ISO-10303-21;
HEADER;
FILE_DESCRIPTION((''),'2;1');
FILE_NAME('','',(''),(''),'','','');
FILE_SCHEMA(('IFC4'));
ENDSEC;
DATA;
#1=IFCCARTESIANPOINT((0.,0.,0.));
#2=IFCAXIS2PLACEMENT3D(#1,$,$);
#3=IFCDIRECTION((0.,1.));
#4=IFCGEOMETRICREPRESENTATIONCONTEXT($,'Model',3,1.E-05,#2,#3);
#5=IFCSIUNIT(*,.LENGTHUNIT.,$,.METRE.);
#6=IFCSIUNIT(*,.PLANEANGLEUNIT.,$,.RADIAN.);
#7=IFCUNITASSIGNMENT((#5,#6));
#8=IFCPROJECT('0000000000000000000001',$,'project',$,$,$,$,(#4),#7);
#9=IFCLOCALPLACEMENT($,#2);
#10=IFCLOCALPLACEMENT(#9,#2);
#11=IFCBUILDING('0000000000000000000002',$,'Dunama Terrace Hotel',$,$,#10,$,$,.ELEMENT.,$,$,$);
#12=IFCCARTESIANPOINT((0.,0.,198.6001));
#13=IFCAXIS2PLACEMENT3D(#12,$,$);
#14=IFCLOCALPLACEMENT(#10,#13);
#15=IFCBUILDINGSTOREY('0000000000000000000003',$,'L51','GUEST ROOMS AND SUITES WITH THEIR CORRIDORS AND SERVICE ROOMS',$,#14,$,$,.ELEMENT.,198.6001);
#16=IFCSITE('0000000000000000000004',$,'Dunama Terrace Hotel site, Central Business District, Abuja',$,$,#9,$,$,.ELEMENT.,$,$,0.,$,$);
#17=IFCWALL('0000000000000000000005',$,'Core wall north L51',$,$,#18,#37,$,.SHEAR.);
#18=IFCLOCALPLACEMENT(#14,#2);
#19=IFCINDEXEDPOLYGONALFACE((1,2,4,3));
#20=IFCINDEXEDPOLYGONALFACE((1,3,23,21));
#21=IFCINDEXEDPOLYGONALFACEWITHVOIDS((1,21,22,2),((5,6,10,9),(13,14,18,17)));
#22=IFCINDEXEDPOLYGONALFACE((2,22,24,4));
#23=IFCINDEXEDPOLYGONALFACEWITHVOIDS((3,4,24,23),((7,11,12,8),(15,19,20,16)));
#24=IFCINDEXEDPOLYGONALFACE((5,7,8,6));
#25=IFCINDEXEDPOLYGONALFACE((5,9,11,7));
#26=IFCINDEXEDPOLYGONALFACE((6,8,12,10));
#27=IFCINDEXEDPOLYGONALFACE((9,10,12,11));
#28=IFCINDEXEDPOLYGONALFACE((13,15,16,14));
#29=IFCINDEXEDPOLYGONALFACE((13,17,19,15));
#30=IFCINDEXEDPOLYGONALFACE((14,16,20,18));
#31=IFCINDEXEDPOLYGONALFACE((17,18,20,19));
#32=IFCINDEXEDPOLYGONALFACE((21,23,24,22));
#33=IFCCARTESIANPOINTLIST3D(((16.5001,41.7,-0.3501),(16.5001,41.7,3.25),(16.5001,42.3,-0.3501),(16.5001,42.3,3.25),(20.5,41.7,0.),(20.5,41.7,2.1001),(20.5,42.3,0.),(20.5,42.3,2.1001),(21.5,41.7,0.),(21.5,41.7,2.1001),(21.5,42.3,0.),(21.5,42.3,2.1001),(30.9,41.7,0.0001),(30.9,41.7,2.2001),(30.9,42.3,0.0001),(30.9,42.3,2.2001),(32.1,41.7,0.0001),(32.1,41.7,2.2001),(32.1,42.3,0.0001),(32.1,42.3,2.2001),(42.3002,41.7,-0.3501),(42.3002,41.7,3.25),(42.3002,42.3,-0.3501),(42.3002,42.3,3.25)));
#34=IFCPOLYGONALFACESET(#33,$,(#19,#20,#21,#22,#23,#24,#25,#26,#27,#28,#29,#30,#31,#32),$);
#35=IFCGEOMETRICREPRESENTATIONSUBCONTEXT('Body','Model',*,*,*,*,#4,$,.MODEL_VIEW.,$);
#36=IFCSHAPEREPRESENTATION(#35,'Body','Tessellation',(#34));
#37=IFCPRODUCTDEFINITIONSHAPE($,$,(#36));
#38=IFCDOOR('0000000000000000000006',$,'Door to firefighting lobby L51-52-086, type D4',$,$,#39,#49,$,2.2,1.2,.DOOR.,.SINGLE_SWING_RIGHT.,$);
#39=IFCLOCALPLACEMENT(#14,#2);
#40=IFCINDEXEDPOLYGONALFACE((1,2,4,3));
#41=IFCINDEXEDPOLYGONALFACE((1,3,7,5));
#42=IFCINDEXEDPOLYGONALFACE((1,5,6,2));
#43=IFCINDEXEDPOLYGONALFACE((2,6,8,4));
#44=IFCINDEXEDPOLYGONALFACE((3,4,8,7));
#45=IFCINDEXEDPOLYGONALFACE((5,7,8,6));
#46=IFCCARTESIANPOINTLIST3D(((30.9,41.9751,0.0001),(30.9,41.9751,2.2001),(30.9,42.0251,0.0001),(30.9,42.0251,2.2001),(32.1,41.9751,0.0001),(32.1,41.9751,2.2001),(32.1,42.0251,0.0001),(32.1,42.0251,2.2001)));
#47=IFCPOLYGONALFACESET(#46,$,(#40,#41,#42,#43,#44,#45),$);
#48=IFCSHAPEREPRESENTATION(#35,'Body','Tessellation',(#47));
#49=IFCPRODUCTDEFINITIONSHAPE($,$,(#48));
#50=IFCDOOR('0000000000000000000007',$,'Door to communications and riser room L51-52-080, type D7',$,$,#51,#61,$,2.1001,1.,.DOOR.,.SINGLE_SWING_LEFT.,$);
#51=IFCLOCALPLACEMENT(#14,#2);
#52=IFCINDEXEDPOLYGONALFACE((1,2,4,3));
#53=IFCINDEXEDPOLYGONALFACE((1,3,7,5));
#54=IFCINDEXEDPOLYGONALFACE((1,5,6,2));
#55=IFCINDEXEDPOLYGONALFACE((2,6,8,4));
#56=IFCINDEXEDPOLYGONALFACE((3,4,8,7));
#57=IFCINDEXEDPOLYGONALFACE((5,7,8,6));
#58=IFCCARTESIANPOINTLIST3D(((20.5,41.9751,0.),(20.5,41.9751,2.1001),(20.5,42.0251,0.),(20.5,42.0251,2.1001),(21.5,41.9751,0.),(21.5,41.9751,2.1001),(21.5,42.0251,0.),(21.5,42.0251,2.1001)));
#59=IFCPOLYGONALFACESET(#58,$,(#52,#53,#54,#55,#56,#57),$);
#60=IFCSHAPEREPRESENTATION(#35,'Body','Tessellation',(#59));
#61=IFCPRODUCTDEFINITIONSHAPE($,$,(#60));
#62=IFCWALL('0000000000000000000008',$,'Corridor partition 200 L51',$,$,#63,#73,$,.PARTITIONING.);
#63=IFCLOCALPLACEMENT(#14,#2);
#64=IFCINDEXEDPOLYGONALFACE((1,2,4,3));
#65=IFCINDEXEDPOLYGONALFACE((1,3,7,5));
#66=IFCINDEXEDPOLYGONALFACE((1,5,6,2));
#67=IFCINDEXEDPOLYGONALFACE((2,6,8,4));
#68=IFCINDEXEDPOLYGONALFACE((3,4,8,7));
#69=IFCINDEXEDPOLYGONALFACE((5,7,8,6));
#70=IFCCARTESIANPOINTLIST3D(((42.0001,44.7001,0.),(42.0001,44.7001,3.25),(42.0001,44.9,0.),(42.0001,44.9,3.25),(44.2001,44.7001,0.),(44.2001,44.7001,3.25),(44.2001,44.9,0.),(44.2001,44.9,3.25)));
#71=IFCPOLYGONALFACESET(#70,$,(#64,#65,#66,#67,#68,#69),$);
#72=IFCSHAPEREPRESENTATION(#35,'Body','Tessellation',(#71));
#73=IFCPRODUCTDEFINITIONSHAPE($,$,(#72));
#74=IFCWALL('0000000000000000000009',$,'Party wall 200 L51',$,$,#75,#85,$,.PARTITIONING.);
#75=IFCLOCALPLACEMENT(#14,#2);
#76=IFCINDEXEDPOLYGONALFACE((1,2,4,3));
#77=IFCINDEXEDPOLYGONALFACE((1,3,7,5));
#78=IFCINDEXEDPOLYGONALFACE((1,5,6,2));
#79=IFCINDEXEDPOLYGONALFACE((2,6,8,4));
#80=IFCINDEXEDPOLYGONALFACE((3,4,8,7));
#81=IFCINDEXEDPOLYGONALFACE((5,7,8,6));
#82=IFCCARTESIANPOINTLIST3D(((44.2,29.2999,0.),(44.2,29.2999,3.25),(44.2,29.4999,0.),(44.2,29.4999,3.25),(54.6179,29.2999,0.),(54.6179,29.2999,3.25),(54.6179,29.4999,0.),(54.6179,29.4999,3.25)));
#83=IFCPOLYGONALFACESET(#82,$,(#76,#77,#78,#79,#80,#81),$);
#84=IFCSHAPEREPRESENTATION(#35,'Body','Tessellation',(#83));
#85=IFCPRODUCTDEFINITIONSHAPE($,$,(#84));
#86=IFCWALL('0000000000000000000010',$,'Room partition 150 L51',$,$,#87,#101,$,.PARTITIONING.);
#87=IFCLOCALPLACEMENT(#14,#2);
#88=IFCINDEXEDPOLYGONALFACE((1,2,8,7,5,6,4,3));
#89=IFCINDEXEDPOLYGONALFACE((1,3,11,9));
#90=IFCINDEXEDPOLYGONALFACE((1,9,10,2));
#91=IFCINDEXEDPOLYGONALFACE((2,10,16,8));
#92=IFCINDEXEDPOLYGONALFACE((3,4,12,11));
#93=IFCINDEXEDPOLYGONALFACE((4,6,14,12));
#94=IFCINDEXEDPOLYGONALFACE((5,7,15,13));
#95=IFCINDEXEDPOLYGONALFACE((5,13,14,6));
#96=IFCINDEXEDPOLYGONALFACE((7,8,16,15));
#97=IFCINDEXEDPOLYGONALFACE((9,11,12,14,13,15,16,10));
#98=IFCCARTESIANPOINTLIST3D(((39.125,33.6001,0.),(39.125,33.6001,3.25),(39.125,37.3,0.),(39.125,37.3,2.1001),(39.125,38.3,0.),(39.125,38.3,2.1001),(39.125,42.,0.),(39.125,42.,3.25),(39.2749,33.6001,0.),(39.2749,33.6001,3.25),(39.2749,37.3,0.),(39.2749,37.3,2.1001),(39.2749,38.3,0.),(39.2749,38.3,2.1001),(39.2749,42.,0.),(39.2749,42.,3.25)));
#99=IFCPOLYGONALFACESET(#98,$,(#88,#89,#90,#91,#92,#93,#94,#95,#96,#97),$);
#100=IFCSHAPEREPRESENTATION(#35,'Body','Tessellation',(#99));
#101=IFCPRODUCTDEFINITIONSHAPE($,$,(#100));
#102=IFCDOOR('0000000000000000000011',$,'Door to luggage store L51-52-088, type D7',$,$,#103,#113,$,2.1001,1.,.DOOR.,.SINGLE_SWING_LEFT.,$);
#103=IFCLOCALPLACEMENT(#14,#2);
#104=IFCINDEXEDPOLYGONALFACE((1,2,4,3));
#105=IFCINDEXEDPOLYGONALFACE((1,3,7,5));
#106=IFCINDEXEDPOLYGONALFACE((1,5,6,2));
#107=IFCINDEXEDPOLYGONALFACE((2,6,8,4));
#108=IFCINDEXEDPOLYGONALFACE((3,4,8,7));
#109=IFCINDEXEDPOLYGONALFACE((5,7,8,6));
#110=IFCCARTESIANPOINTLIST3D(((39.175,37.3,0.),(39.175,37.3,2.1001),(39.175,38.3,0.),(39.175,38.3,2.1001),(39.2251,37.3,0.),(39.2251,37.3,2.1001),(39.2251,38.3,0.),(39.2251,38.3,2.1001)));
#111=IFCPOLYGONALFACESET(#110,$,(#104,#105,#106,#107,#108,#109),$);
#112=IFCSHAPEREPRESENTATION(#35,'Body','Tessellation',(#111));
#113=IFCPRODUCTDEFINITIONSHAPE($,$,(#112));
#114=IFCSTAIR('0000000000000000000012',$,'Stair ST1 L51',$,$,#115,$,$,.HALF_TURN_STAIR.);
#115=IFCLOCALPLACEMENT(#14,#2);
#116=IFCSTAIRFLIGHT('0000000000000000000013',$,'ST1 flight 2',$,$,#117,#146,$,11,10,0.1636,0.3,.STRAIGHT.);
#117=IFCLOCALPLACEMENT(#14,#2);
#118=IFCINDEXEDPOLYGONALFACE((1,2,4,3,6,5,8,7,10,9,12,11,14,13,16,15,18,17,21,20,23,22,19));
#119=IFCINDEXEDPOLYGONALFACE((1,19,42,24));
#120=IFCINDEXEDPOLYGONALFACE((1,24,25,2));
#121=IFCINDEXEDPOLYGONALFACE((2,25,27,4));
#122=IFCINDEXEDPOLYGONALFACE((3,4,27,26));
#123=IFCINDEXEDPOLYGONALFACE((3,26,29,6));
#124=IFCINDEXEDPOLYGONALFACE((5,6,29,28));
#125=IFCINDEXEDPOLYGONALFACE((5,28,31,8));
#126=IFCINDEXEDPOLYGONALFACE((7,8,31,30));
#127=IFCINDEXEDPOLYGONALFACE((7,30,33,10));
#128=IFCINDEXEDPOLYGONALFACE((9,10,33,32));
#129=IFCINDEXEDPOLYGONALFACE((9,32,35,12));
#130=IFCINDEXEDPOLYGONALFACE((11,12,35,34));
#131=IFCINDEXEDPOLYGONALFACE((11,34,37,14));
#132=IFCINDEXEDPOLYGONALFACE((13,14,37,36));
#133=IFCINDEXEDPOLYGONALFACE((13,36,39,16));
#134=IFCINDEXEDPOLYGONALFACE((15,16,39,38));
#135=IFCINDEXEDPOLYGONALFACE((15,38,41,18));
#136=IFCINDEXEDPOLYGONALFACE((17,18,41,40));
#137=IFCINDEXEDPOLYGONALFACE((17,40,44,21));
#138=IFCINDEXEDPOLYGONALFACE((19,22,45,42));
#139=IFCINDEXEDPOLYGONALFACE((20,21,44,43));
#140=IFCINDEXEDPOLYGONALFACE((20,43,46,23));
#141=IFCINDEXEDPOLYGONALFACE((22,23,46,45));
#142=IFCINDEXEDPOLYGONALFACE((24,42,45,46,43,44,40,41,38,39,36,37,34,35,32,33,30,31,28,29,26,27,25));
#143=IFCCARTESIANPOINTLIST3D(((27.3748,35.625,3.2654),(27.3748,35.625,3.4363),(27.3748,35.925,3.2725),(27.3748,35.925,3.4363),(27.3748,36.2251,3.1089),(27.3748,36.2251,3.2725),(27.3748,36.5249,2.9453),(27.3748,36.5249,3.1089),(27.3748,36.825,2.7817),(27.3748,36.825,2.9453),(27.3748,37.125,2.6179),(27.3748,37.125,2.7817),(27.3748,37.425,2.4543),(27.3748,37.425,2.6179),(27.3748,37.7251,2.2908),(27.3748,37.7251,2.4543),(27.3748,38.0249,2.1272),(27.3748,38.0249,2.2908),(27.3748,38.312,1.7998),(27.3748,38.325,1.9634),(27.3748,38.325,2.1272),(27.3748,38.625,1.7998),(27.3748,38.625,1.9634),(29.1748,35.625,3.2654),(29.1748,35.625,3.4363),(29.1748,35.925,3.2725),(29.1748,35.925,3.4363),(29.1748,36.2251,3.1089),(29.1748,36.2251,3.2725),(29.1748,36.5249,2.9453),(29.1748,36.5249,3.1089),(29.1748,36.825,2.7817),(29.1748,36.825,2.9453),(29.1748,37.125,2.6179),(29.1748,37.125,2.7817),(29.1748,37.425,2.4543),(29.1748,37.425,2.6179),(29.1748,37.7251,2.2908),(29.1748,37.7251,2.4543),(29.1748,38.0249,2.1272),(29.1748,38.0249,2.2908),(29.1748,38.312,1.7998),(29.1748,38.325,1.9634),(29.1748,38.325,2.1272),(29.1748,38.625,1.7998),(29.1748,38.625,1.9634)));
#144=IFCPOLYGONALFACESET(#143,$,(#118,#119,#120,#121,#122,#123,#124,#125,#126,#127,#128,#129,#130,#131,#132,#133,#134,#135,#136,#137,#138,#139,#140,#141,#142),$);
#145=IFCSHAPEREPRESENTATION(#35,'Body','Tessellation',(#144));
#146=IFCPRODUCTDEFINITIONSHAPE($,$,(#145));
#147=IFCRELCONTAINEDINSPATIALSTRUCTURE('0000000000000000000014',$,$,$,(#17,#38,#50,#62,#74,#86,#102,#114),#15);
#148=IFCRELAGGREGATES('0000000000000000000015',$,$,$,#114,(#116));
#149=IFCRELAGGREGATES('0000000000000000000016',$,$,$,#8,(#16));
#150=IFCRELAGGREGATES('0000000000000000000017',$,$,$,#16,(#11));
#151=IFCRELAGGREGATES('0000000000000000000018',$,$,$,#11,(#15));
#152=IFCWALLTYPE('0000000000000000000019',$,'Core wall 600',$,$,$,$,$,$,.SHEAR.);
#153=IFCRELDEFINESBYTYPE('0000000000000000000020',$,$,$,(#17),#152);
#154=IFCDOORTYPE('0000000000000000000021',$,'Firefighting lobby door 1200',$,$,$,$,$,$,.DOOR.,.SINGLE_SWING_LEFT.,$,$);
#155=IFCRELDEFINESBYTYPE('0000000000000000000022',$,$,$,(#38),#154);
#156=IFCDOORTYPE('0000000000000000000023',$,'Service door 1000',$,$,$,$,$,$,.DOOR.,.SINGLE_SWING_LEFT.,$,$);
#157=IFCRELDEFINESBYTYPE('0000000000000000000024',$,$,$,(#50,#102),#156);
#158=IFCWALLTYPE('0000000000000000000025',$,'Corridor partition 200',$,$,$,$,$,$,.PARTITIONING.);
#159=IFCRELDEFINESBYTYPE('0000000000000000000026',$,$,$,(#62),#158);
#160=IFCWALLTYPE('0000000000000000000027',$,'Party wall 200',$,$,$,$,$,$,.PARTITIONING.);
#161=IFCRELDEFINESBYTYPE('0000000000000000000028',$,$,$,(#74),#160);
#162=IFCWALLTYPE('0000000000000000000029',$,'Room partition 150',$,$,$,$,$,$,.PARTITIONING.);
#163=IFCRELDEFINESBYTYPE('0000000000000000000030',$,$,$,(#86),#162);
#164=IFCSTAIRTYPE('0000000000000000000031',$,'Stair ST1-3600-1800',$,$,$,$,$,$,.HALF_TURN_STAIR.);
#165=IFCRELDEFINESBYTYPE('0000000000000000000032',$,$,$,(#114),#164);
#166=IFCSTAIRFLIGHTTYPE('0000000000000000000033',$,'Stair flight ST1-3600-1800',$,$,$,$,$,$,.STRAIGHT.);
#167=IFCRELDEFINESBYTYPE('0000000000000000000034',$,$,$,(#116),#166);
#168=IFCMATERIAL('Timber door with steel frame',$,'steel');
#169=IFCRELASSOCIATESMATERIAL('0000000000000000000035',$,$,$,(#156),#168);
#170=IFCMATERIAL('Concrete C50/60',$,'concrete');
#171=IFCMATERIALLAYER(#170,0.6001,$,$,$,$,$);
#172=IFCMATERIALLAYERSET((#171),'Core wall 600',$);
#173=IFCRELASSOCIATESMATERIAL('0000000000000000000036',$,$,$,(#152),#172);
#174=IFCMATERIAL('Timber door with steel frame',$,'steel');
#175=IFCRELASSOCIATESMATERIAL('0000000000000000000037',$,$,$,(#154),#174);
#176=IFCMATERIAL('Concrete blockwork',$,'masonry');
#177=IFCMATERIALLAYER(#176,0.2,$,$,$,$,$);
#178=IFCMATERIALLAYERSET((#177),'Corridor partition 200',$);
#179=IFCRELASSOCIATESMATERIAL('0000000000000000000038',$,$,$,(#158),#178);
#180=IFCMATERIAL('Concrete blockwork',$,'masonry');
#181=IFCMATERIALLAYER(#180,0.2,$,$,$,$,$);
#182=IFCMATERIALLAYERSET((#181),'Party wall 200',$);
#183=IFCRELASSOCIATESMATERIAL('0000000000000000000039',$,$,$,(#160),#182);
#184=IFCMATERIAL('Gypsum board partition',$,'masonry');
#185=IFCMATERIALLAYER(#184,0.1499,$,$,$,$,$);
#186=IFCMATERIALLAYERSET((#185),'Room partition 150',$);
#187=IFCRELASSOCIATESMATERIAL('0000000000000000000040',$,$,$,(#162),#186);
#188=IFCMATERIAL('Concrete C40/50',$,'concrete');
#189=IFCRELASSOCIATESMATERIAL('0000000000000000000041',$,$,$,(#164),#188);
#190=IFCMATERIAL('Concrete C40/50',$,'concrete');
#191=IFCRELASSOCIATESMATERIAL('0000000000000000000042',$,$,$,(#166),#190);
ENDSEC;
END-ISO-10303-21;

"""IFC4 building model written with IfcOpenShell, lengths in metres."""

from ifc_helpers import new_model, si_unit, direction, frame, frame_2d, origin, place, context, subcontext, project, spatial, polyline, rectangle, outline, extrude, material, layer, layer_set, type_object, element, fill, aggregate, save


model = new_model("IFC4")

# Units and contexts
model_context = context("Model", 3, precision=1e-05, world=origin(), true_north=direction((0.0, 1.0)))
body_context = subcontext(model_context, "Body", "Model", "MODEL_VIEW")
ifc_project = project(units=[si_unit("LENGTHUNIT", "METRE"), si_unit("PLANEANGLEUNIT", "RADIAN")], contexts=[model_context])

# Site, building, storey
site_placement = place(None, origin())
site = spatial("IfcSite", under=ifc_project, at=site_placement, Name="Dunama Terrace Hotel site, Central Business District, Abuja", CompositionType="ELEMENT", RefElevation=0.0)
building_placement = place(site_placement, origin())
building = spatial("IfcBuilding", under=site, at=building_placement, Name="Dunama Terrace Hotel", CompositionType="ELEMENT")
storey_placement = place(building_placement, frame((0.0, 0.0, 198.6001)))
storey = spatial("IfcBuildingStorey", under=building, at=storey_placement, Name="L51", Description="GUEST ROOMS AND SUITES WITH THEIR CORRIDORS AND SERVICE ROOMS", CompositionType="ELEMENT", Elevation=198.6001)

# Shared definitions
ifc_material_1 = material(Name="Timber door with steel frame", Category="steel")
door_type_1 = type_object("IfcDoorType", Name="Service door 1000", OperationType="SINGLE_SWING_LEFT", PredefinedType="DOOR", material=ifc_material_1)

# Wall, openings, doors
ifc_material_2 = material(Name="Concrete C50/60", Category="concrete")
ifc_layer_1 = layer(ifc_material_2, 0.6001)
ifc_layer_set_1 = layer_set([ifc_layer_1], Name="Core wall 600")
wall_type_1 = type_object("IfcWallType", Name="Core wall 600", PredefinedType="SHEAR", material=ifc_layer_set_1)
wall_1_placement = place(storey_placement, frame((42.3, 42.0, -0.3501), z_axis=(0.0, 0.0, 1.0), x_axis=(-1.0, 0.0, 0.0)))
wall_1 = element("IfcWall", 1, at=wall_1_placement, inside=storey, type_object=wall_type_1, Name="Core wall north L51", PredefinedType="SHEAR", context=body_context, shape_type="SweptSolid", body=[
    extrude(rectangle(XDim=25.8, YDim=0.6001, at=frame_2d((12.8999, 0.0))), origin(), (0.0, 0.0, 1.0), 3.6001),
])
opening_1_placement = place(wall_1_placement, frame((20.8, 0.0, 0.3501)))
opening_1 = element("IfcOpeningElement", 2, at=opening_1_placement, cuts=wall_1, PredefinedType="OPENING", context=body_context, shape_type="SweptSolid", body=[
    extrude(rectangle(XDim=1.0, YDim=2.1001, at=frame_2d((0.5, 1.05))), frame((0.0, 0.3101, 0.0), z_axis=(0.0, -1.0, 0.0), x_axis=(1.0, 0.0, 0.0)), (0.0, 0.0, 1.0), 0.6201),
])
opening_2_placement = place(wall_1_placement, frame((10.2, 0.0, 0.3501)))
opening_2 = element("IfcOpeningElement", 3, at=opening_2_placement, cuts=wall_1, PredefinedType="OPENING", context=body_context, shape_type="SweptSolid", body=[
    extrude(rectangle(XDim=1.2, YDim=2.2, at=frame_2d((0.6001, 1.1001))), frame((0.0, 0.3101, 0.0), z_axis=(0.0, -1.0, 0.0), x_axis=(1.0, 0.0, 0.0)), (0.0, 0.0, 1.0), 0.6201),
])
ifc_material_3 = material(Name="Timber door with steel frame", Category="steel")
door_type_2 = type_object("IfcDoorType", Name="Firefighting lobby door 1200", OperationType="SINGLE_SWING_LEFT", PredefinedType="DOOR", material=ifc_material_3)
door_1_placement = place(opening_2_placement, origin())
door_1 = element("IfcDoor", 4, at=door_1_placement, inside=storey, type_object=door_type_2, Name="Door to firefighting lobby L51-52-086, type D4", OperationType="SINGLE_SWING_RIGHT", OverallHeight=2.2, OverallWidth=1.2, PredefinedType="DOOR", context=body_context, shape_type="SweptSolid", body=[
    extrude(rectangle(XDim=1.2, YDim=2.2, at=frame_2d((0.6001, 1.1001))), frame((0.0, 0.0249, 0.0), z_axis=(0.0, -1.0, 0.0), x_axis=(1.0, 0.0, 0.0)), (0.0, 0.0, 1.0), 0.05),
])
fill(opening_2, door_1)
door_2_placement = place(opening_1_placement, origin())
door_2 = element("IfcDoor", 5, at=door_2_placement, inside=storey, type_object=door_type_1, Name="Door to communications and riser room L51-52-080, type D7", OperationType="SINGLE_SWING_LEFT", OverallHeight=2.1001, OverallWidth=1.0, PredefinedType="DOOR", context=body_context, shape_type="SweptSolid", body=[
    extrude(rectangle(XDim=1.0, YDim=2.1001, at=frame_2d((0.5, 1.05))), frame((0.0, 0.0249, 0.0), z_axis=(0.0, -1.0, 0.0), x_axis=(1.0, 0.0, 0.0)), (0.0, 0.0, 1.0), 0.05),
])
fill(opening_1, door_2)

# Walls
ifc_material_4 = material(Name="Concrete blockwork", Category="masonry")
ifc_layer_2 = layer(ifc_material_4, 0.2)
ifc_layer_set_2 = layer_set([ifc_layer_2], Name="Corridor partition 200")
wall_type_2 = type_object("IfcWallType", Name="Corridor partition 200", PredefinedType="PARTITIONING", material=ifc_layer_set_2)
wall_2_placement = place(storey_placement, frame((42.0, 44.8, 0.0), z_axis=(0.0, 0.0, 1.0), x_axis=(1.0, 0.0, 0.0)))
element("IfcWall", 6, at=wall_2_placement, inside=storey, type_object=wall_type_2, Name="Corridor partition 200 L51", PredefinedType="PARTITIONING", context=body_context, shape_type="SweptSolid", body=[
    extrude(rectangle(XDim=2.2, YDim=0.2, at=frame_2d((1.1001, 0.0))), origin(), (0.0, 0.0, 1.0), 3.25),
])
ifc_material_5 = material(Name="Concrete blockwork", Category="masonry")
ifc_layer_3 = layer(ifc_material_5, 0.2)
ifc_layer_set_3 = layer_set([ifc_layer_3], Name="Party wall 200")
wall_type_3 = type_object("IfcWallType", Name="Party wall 200", PredefinedType="PARTITIONING", material=ifc_layer_set_3)
wall_3_placement = place(storey_placement, frame((44.2, 29.3999, 0.0), z_axis=(0.0, 0.0, 1.0), x_axis=(1.0, 0.0, 0.0)))
element("IfcWall", 7, at=wall_3_placement, inside=storey, type_object=wall_type_3, Name="Party wall 200 L51", PredefinedType="PARTITIONING", context=body_context, shape_type="SweptSolid", body=[
    extrude(rectangle(XDim=10.418, YDim=0.2, at=frame_2d((5.209, 0.0))), origin(), (0.0, 0.0, 1.0), 3.25),
])

# Wall, opening, door
ifc_material_6 = material(Name="Gypsum board partition", Category="masonry")
ifc_layer_4 = layer(ifc_material_6, 0.1499)
ifc_layer_set_4 = layer_set([ifc_layer_4], Name="Room partition 150")
wall_type_4 = type_object("IfcWallType", Name="Room partition 150", PredefinedType="PARTITIONING", material=ifc_layer_set_4)
wall_4_placement = place(storey_placement, frame((39.2, 33.6001, 0.0), z_axis=(0.0, 0.0, 1.0), x_axis=(0.0, 1.0, 0.0)))
wall_4 = element("IfcWall", 8, at=wall_4_placement, inside=storey, type_object=wall_type_4, Name="Room partition 150 L51", PredefinedType="PARTITIONING", context=body_context, shape_type="SweptSolid", body=[
    extrude(rectangle(XDim=8.3999, YDim=0.1499, at=frame_2d((4.2, 0.0))), origin(), (0.0, 0.0, 1.0), 3.25),
])
opening_3_placement = place(wall_4_placement, frame((3.7, 0.0, 0.0)))
opening_3 = element("IfcOpeningElement", 9, at=opening_3_placement, cuts=wall_4, PredefinedType="OPENING", context=body_context, shape_type="SweptSolid", body=[
    extrude(rectangle(XDim=1.0, YDim=2.1001, at=frame_2d((0.5, 1.05))), frame((0.0, 0.085, 0.0), z_axis=(0.0, -1.0, 0.0), x_axis=(1.0, 0.0, 0.0)), (0.0, 0.0, 1.0), 0.1699),
])
door_3_placement = place(opening_3_placement, origin())
door_3 = element("IfcDoor", 10, at=door_3_placement, inside=storey, type_object=door_type_1, Name="Door to luggage store L51-52-088, type D7", OperationType="SINGLE_SWING_LEFT", OverallHeight=2.1001, OverallWidth=1.0, PredefinedType="DOOR", context=body_context, shape_type="SweptSolid", body=[
    extrude(rectangle(XDim=1.0, YDim=2.1001, at=frame_2d((0.5, 1.05))), frame((0.0, 0.0249, 0.0), z_axis=(0.0, -1.0, 0.0), x_axis=(1.0, 0.0, 0.0)), (0.0, 0.0, 1.0), 0.05),
])
fill(opening_3, door_3)

# Stair, stair flight
ifc_material_7 = material(Name="Concrete C40/50", Category="concrete")
stair_type = type_object("IfcStairType", Name="Stair ST1-3600-1800", PredefinedType="HALF_TURN_STAIR", material=ifc_material_7)
stair_placement = place(storey_placement, origin())
stair = element("IfcStair", 11, at=stair_placement, inside=storey, type_object=stair_type, Name="Stair ST1 L51", PredefinedType="HALF_TURN_STAIR")
ifc_material_8 = material(Name="Concrete C40/50", Category="concrete")
stair_flight_type = type_object("IfcStairFlightType", Name="Stair flight ST1-3600-1800", PredefinedType="STRAIGHT", material=ifc_material_8)
stair_flight_placement = place(storey_placement, frame((28.2749, 38.625, 1.7998), z_axis=(0.0, 0.0, 1.0), x_axis=(0.0, -1.0, 0.0)))
stair_flight = element("IfcStairFlight", 12, at=stair_flight_placement, type_object=stair_flight_type, Name="ST1 flight 2", NumberOfRisers=11, NumberOfTreads=10, PredefinedType="STRAIGHT", RiserHeight=0.1636, TreadLength=0.3, context=body_context, shape_type="SweptSolid", body=[
    extrude(outline(polyline([(0.0, 0.0), (0.0, 0.1636), (0.3, 0.1636), (0.3, 0.3274), (0.6001, 0.3274), (0.6001, 0.491), (0.8999, 0.491), (0.8999, 0.6545), (1.2, 0.6545), (1.2, 0.8181), (1.5, 0.8181), (1.5, 0.9819), (1.8, 0.9819), (1.8, 1.1455), (2.1001, 1.1455), (2.1001, 1.3091), (2.3999, 1.3091), (2.3999, 1.4727), (2.7, 1.4727), (2.7, 1.6365), (3.0, 1.6365), (3.0, 1.8), (3.0, 1.4656), (0.313, 0.0), (0.0, 0.0)])), frame((0.0, 0.8999, 0.0), z_axis=(0.0, -1.0, 0.0), x_axis=(1.0, 0.0, 0.0)), (0.0, 0.0, 1.0), 1.8),
])
aggregate(stair, [stair_flight])

save(model, "model.ifc")
